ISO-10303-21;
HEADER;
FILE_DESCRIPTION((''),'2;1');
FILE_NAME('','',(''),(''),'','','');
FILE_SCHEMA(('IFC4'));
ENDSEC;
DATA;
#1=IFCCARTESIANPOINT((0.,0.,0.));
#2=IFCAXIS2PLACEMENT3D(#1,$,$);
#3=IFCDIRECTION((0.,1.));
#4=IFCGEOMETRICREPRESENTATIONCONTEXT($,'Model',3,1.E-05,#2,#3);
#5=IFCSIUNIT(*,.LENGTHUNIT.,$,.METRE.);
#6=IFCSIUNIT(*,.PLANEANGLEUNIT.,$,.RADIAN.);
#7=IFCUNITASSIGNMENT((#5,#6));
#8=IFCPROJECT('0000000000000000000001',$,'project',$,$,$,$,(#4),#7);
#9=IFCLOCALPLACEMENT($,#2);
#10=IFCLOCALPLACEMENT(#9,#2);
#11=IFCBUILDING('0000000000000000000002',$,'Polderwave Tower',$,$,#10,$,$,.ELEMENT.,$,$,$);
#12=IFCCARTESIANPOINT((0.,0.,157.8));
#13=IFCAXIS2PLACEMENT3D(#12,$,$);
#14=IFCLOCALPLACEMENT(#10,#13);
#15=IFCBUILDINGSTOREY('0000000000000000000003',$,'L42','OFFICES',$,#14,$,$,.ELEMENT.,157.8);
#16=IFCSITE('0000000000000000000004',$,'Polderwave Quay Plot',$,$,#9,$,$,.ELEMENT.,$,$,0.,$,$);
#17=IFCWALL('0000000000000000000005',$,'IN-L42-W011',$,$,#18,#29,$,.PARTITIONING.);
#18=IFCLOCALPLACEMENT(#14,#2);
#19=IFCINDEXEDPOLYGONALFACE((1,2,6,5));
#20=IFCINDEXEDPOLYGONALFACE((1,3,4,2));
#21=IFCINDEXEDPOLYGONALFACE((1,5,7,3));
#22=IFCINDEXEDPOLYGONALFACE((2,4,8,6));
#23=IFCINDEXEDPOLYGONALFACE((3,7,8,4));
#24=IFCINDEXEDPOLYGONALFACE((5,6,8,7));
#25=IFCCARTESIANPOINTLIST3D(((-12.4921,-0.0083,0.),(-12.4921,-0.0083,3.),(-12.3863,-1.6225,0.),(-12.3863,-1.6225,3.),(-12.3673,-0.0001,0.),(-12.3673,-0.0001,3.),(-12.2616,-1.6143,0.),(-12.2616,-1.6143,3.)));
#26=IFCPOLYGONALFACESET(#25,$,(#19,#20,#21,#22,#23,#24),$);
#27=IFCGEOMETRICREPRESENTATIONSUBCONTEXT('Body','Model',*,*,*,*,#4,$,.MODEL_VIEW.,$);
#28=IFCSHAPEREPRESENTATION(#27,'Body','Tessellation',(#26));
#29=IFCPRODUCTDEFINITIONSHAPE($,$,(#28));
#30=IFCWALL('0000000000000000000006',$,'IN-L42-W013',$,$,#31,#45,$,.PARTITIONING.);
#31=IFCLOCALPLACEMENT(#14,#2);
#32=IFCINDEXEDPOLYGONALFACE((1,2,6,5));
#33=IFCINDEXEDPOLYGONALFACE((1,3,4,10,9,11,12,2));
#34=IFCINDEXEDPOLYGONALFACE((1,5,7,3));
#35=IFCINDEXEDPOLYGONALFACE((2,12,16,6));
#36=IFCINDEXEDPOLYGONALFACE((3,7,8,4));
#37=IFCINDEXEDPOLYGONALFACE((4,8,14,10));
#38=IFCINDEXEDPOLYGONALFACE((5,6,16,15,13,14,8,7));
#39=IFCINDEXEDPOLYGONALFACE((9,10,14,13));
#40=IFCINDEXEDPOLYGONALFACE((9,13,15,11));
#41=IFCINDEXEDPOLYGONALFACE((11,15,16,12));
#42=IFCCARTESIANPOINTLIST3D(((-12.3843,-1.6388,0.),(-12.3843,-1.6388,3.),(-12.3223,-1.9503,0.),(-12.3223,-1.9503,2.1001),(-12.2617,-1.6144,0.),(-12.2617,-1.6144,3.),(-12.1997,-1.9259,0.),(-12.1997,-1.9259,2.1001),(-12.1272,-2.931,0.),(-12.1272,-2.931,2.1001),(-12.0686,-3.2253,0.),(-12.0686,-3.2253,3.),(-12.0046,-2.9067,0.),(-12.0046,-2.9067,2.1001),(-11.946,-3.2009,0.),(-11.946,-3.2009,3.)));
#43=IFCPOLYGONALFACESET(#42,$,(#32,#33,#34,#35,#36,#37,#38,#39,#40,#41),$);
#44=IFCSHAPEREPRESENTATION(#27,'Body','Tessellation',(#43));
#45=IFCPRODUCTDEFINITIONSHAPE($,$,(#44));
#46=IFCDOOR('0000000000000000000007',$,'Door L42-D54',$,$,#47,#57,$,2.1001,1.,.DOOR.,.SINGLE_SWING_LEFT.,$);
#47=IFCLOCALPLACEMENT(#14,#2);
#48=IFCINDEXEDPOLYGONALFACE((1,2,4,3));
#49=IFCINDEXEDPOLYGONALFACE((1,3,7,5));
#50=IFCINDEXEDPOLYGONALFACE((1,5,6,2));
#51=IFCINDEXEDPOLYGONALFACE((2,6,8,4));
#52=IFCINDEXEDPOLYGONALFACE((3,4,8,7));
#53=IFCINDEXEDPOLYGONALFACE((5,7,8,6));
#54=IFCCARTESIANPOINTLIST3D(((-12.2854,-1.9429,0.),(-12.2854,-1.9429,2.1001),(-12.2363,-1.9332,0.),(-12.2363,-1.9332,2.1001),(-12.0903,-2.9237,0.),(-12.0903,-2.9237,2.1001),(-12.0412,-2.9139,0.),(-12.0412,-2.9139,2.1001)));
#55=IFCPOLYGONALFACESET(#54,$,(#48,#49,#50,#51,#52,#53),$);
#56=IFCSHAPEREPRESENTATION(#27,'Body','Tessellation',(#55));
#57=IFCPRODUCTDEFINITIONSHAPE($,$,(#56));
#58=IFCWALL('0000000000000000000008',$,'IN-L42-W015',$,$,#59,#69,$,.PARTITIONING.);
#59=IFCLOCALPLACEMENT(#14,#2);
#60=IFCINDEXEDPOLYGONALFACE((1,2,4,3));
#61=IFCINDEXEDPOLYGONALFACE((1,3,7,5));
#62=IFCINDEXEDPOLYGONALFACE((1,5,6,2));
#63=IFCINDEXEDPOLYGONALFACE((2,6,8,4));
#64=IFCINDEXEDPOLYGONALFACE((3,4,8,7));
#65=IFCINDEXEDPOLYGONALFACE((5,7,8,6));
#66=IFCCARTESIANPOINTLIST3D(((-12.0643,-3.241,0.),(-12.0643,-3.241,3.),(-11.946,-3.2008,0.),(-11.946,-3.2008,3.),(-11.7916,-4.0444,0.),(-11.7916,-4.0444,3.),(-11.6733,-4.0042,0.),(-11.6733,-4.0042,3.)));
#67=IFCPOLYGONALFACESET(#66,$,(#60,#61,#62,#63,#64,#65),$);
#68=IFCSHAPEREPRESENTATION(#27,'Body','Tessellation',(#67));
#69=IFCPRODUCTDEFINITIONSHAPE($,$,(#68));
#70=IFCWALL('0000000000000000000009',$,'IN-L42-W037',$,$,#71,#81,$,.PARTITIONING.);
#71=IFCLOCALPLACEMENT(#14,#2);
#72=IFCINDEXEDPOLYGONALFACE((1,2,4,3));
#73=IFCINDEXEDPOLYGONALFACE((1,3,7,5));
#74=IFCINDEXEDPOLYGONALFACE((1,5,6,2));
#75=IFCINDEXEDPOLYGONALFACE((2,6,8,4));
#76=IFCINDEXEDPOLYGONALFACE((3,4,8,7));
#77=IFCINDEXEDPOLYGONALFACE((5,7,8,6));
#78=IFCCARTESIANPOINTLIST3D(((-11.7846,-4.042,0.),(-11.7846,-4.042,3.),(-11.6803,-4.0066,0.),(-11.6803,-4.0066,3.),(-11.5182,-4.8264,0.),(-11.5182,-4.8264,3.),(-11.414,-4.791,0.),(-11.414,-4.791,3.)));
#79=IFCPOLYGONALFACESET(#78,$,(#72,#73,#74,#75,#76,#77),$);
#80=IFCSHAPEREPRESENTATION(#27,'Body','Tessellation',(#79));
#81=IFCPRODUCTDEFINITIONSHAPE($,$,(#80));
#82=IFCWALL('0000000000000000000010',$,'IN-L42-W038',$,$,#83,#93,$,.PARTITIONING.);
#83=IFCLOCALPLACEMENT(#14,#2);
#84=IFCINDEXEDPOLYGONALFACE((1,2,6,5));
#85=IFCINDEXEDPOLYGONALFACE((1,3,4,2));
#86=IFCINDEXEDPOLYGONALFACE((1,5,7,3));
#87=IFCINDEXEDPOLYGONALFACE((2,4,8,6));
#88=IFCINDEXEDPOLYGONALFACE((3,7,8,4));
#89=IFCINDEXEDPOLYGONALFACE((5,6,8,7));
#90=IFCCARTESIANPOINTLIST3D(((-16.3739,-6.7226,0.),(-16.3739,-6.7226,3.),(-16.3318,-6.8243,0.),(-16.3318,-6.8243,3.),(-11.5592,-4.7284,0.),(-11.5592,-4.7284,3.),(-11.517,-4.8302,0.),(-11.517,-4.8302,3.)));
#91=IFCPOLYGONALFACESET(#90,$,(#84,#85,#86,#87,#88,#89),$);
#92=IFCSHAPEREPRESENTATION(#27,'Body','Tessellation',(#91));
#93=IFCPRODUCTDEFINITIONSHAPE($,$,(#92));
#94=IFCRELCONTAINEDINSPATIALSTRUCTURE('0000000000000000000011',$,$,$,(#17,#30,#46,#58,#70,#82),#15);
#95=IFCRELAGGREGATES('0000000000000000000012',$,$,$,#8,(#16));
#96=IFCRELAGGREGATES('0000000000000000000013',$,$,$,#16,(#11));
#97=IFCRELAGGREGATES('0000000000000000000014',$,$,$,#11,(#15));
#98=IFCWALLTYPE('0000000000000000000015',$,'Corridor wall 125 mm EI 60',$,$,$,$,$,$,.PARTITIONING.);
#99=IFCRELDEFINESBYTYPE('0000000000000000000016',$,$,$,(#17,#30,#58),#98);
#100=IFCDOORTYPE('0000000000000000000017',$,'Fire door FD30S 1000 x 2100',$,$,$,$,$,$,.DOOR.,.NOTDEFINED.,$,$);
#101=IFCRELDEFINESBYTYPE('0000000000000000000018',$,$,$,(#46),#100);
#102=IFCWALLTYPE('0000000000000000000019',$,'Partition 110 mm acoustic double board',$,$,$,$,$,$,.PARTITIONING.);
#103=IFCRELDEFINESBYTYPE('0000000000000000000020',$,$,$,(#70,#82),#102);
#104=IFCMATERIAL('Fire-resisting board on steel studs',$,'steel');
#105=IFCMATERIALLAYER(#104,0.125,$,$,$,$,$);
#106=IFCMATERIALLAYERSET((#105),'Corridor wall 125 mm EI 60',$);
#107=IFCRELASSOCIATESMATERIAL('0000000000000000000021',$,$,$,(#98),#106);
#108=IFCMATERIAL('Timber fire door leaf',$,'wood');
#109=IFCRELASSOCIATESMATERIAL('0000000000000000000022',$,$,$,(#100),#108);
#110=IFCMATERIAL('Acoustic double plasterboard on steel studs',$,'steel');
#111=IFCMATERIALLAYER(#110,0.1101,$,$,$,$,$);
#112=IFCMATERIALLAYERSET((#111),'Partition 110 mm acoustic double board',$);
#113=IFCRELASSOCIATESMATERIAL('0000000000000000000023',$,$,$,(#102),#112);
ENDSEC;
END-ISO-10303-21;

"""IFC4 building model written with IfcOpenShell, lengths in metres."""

from ifc_helpers import new_model, si_unit, direction, frame, frame_2d, origin, place, context, subcontext, project, spatial, rectangle, extrude, material, layer, layer_set, type_object, element, fill, save


model = new_model("IFC4")

# Units and contexts
model_context = context("Model", 3, precision=1e-05, world=origin(), true_north=direction((0.0, 1.0)))
body_context = subcontext(model_context, "Body", "Model", "MODEL_VIEW")
ifc_project = project(units=[si_unit("LENGTHUNIT", "METRE"), si_unit("PLANEANGLEUNIT", "RADIAN")], contexts=[model_context])

# Site, building, storey
site_placement = place(None, origin())
site = spatial("IfcSite", under=ifc_project, at=site_placement, Name="Polderwave Quay Plot", CompositionType="ELEMENT", RefElevation=0.0)
building_placement = place(site_placement, origin())
building = spatial("IfcBuilding", under=site, at=building_placement, Name="Polderwave Tower", CompositionType="ELEMENT")
storey_placement = place(building_placement, frame((0.0, 0.0, 157.8)))
storey = spatial("IfcBuildingStorey", under=building, at=storey_placement, Name="L42", Description="OFFICES", CompositionType="ELEMENT", Elevation=157.8)

# Wall
ifc_material_1 = material(Name="Fire-resisting board on steel studs", Category="steel")
ifc_layer_1 = layer(ifc_material_1, 0.125)
ifc_layer_set_1 = layer_set([ifc_layer_1], Name="Corridor wall 125 mm EI 60")
wall_type_1 = type_object("IfcWallType", Name="Corridor wall 125 mm EI 60", PredefinedType="PARTITIONING", material=ifc_layer_set_1)
wall_1_placement = place(storey_placement, frame((-12.324, -1.6184, 0.0), z_axis=(0.0, 0.0, 1.0), x_axis=(-0.065347, 0.997863, 0.0)))
element("IfcWall", 1, at=wall_1_placement, inside=storey, type_object=wall_type_1, Name="IN-L42-W011", PredefinedType="PARTITIONING", context=body_context, shape_type="SweptSolid", body=[
    extrude(rectangle(XDim=1.6177, YDim=0.125, at=frame_2d((0.8088, 0.0))), origin(), (0.0, 0.0, 1.0), 3.0),
])

# Wall, opening, door
wall_2_placement = place(storey_placement, frame((-12.0073, -3.2131, 0.0), z_axis=(0.0, 0.0, 1.0), x_axis=(-0.195129, 0.980778, 0.0)))
wall_2 = element("IfcWall", 2, at=wall_2_placement, inside=storey, type_object=wall_type_1, Name="IN-L42-W013", PredefinedType="PARTITIONING", context=body_context, shape_type="SweptSolid", body=[
    extrude(rectangle(XDim=1.6177, YDim=0.125, at=frame_2d((0.8088, 0.0))), origin(), (0.0, 0.0, 1.0), 3.0),
])
opening_placement = place(wall_2_placement, frame((0.3, 0.0, 0.0)))
opening = element("IfcOpeningElement", 3, at=opening_placement, cuts=wall_2, PredefinedType="OPENING", context=body_context, shape_type="SweptSolid", body=[
    extrude(rectangle(XDim=1.0, YDim=2.1001, at=frame_2d((0.5, 1.05))), frame((0.0, 0.0725, 0.0), z_axis=(0.0, -1.0, 0.0), x_axis=(1.0, 0.0, 0.0)), (0.0, 0.0, 1.0), 0.145),
])
ifc_material_2 = material(Name="Timber fire door leaf", Category="wood")
door_type = type_object("IfcDoorType", Name="Fire door FD30S 1000 x 2100", OperationType="NOTDEFINED", PredefinedType="DOOR", material=ifc_material_2)
door_placement = place(opening_placement, origin())
door = element("IfcDoor", 4, at=door_placement, inside=storey, type_object=door_type, Name="Door L42-D54", OperationType="SINGLE_SWING_LEFT", OverallHeight=2.1001, OverallWidth=1.0, PredefinedType="DOOR", context=body_context, shape_type="SweptSolid", body=[
    extrude(rectangle(XDim=1.0, YDim=2.1001, at=frame_2d((0.5, 1.05))), frame((0.0, 0.0249, 0.0), z_axis=(0.0, -1.0, 0.0), x_axis=(1.0, 0.0, 0.0)), (0.0, 0.0, 1.0), 0.05),
])
fill(opening, door)

# Walls
wall_3_placement = place(storey_placement, frame((-11.7324, -4.0244, 0.0), z_axis=(0.0, 0.0, 1.0), x_axis=(-0.321402, 0.946943, 0.0)))
element("IfcWall", 5, at=wall_3_placement, inside=storey, type_object=wall_type_1, Name="IN-L42-W015", PredefinedType="PARTITIONING", context=body_context, shape_type="SweptSolid", body=[
    extrude(rectangle(XDim=0.8484, YDim=0.125, at=frame_2d((0.4243, 0.0))), origin(), (0.0, 0.0, 1.0), 3.0),
])
ifc_material_3 = material(Name="Acoustic double plasterboard on steel studs", Category="steel")
ifc_layer_2 = layer(ifc_material_3, 0.1101)
ifc_layer_set_2 = layer_set([ifc_layer_2], Name="Partition 110 mm acoustic double board")
wall_type_2 = type_object("IfcWallType", Name="Partition 110 mm acoustic double board", PredefinedType="PARTITIONING", material=ifc_layer_set_2)
wall_4_placement = place(storey_placement, frame((-11.7324, -4.0244, 0.0), z_axis=(0.0, 0.0, 1.0), x_axis=(0.321528, -0.9469, 0.0)))
element("IfcWall", 6, at=wall_4_placement, inside=storey, type_object=wall_type_2, Name="IN-L42-W037", PredefinedType="PARTITIONING", context=body_context, shape_type="SweptSolid", body=[
    extrude(rectangle(XDim=0.8284, YDim=0.1101, at=frame_2d((0.4141, 0.0))), origin(), (0.0, 0.0, 1.0), 3.0),
])
wall_5_placement = place(storey_placement, frame((-11.5381, -4.7793, 0.0), z_axis=(0.0, 0.0, 1.0), x_axis=(-0.923891, -0.382655, 0.0)))
element("IfcWall", 7, at=wall_5_placement, inside=storey, type_object=wall_type_2, Name="IN-L42-W038", PredefinedType="PARTITIONING", context=body_context, shape_type="SweptSolid", body=[
    extrude(rectangle(XDim=5.2114, YDim=0.1101, at=frame_2d((2.6057, 0.0))), origin(), (0.0, 0.0, 1.0), 3.0),
])

save(model, "model.ifc")
